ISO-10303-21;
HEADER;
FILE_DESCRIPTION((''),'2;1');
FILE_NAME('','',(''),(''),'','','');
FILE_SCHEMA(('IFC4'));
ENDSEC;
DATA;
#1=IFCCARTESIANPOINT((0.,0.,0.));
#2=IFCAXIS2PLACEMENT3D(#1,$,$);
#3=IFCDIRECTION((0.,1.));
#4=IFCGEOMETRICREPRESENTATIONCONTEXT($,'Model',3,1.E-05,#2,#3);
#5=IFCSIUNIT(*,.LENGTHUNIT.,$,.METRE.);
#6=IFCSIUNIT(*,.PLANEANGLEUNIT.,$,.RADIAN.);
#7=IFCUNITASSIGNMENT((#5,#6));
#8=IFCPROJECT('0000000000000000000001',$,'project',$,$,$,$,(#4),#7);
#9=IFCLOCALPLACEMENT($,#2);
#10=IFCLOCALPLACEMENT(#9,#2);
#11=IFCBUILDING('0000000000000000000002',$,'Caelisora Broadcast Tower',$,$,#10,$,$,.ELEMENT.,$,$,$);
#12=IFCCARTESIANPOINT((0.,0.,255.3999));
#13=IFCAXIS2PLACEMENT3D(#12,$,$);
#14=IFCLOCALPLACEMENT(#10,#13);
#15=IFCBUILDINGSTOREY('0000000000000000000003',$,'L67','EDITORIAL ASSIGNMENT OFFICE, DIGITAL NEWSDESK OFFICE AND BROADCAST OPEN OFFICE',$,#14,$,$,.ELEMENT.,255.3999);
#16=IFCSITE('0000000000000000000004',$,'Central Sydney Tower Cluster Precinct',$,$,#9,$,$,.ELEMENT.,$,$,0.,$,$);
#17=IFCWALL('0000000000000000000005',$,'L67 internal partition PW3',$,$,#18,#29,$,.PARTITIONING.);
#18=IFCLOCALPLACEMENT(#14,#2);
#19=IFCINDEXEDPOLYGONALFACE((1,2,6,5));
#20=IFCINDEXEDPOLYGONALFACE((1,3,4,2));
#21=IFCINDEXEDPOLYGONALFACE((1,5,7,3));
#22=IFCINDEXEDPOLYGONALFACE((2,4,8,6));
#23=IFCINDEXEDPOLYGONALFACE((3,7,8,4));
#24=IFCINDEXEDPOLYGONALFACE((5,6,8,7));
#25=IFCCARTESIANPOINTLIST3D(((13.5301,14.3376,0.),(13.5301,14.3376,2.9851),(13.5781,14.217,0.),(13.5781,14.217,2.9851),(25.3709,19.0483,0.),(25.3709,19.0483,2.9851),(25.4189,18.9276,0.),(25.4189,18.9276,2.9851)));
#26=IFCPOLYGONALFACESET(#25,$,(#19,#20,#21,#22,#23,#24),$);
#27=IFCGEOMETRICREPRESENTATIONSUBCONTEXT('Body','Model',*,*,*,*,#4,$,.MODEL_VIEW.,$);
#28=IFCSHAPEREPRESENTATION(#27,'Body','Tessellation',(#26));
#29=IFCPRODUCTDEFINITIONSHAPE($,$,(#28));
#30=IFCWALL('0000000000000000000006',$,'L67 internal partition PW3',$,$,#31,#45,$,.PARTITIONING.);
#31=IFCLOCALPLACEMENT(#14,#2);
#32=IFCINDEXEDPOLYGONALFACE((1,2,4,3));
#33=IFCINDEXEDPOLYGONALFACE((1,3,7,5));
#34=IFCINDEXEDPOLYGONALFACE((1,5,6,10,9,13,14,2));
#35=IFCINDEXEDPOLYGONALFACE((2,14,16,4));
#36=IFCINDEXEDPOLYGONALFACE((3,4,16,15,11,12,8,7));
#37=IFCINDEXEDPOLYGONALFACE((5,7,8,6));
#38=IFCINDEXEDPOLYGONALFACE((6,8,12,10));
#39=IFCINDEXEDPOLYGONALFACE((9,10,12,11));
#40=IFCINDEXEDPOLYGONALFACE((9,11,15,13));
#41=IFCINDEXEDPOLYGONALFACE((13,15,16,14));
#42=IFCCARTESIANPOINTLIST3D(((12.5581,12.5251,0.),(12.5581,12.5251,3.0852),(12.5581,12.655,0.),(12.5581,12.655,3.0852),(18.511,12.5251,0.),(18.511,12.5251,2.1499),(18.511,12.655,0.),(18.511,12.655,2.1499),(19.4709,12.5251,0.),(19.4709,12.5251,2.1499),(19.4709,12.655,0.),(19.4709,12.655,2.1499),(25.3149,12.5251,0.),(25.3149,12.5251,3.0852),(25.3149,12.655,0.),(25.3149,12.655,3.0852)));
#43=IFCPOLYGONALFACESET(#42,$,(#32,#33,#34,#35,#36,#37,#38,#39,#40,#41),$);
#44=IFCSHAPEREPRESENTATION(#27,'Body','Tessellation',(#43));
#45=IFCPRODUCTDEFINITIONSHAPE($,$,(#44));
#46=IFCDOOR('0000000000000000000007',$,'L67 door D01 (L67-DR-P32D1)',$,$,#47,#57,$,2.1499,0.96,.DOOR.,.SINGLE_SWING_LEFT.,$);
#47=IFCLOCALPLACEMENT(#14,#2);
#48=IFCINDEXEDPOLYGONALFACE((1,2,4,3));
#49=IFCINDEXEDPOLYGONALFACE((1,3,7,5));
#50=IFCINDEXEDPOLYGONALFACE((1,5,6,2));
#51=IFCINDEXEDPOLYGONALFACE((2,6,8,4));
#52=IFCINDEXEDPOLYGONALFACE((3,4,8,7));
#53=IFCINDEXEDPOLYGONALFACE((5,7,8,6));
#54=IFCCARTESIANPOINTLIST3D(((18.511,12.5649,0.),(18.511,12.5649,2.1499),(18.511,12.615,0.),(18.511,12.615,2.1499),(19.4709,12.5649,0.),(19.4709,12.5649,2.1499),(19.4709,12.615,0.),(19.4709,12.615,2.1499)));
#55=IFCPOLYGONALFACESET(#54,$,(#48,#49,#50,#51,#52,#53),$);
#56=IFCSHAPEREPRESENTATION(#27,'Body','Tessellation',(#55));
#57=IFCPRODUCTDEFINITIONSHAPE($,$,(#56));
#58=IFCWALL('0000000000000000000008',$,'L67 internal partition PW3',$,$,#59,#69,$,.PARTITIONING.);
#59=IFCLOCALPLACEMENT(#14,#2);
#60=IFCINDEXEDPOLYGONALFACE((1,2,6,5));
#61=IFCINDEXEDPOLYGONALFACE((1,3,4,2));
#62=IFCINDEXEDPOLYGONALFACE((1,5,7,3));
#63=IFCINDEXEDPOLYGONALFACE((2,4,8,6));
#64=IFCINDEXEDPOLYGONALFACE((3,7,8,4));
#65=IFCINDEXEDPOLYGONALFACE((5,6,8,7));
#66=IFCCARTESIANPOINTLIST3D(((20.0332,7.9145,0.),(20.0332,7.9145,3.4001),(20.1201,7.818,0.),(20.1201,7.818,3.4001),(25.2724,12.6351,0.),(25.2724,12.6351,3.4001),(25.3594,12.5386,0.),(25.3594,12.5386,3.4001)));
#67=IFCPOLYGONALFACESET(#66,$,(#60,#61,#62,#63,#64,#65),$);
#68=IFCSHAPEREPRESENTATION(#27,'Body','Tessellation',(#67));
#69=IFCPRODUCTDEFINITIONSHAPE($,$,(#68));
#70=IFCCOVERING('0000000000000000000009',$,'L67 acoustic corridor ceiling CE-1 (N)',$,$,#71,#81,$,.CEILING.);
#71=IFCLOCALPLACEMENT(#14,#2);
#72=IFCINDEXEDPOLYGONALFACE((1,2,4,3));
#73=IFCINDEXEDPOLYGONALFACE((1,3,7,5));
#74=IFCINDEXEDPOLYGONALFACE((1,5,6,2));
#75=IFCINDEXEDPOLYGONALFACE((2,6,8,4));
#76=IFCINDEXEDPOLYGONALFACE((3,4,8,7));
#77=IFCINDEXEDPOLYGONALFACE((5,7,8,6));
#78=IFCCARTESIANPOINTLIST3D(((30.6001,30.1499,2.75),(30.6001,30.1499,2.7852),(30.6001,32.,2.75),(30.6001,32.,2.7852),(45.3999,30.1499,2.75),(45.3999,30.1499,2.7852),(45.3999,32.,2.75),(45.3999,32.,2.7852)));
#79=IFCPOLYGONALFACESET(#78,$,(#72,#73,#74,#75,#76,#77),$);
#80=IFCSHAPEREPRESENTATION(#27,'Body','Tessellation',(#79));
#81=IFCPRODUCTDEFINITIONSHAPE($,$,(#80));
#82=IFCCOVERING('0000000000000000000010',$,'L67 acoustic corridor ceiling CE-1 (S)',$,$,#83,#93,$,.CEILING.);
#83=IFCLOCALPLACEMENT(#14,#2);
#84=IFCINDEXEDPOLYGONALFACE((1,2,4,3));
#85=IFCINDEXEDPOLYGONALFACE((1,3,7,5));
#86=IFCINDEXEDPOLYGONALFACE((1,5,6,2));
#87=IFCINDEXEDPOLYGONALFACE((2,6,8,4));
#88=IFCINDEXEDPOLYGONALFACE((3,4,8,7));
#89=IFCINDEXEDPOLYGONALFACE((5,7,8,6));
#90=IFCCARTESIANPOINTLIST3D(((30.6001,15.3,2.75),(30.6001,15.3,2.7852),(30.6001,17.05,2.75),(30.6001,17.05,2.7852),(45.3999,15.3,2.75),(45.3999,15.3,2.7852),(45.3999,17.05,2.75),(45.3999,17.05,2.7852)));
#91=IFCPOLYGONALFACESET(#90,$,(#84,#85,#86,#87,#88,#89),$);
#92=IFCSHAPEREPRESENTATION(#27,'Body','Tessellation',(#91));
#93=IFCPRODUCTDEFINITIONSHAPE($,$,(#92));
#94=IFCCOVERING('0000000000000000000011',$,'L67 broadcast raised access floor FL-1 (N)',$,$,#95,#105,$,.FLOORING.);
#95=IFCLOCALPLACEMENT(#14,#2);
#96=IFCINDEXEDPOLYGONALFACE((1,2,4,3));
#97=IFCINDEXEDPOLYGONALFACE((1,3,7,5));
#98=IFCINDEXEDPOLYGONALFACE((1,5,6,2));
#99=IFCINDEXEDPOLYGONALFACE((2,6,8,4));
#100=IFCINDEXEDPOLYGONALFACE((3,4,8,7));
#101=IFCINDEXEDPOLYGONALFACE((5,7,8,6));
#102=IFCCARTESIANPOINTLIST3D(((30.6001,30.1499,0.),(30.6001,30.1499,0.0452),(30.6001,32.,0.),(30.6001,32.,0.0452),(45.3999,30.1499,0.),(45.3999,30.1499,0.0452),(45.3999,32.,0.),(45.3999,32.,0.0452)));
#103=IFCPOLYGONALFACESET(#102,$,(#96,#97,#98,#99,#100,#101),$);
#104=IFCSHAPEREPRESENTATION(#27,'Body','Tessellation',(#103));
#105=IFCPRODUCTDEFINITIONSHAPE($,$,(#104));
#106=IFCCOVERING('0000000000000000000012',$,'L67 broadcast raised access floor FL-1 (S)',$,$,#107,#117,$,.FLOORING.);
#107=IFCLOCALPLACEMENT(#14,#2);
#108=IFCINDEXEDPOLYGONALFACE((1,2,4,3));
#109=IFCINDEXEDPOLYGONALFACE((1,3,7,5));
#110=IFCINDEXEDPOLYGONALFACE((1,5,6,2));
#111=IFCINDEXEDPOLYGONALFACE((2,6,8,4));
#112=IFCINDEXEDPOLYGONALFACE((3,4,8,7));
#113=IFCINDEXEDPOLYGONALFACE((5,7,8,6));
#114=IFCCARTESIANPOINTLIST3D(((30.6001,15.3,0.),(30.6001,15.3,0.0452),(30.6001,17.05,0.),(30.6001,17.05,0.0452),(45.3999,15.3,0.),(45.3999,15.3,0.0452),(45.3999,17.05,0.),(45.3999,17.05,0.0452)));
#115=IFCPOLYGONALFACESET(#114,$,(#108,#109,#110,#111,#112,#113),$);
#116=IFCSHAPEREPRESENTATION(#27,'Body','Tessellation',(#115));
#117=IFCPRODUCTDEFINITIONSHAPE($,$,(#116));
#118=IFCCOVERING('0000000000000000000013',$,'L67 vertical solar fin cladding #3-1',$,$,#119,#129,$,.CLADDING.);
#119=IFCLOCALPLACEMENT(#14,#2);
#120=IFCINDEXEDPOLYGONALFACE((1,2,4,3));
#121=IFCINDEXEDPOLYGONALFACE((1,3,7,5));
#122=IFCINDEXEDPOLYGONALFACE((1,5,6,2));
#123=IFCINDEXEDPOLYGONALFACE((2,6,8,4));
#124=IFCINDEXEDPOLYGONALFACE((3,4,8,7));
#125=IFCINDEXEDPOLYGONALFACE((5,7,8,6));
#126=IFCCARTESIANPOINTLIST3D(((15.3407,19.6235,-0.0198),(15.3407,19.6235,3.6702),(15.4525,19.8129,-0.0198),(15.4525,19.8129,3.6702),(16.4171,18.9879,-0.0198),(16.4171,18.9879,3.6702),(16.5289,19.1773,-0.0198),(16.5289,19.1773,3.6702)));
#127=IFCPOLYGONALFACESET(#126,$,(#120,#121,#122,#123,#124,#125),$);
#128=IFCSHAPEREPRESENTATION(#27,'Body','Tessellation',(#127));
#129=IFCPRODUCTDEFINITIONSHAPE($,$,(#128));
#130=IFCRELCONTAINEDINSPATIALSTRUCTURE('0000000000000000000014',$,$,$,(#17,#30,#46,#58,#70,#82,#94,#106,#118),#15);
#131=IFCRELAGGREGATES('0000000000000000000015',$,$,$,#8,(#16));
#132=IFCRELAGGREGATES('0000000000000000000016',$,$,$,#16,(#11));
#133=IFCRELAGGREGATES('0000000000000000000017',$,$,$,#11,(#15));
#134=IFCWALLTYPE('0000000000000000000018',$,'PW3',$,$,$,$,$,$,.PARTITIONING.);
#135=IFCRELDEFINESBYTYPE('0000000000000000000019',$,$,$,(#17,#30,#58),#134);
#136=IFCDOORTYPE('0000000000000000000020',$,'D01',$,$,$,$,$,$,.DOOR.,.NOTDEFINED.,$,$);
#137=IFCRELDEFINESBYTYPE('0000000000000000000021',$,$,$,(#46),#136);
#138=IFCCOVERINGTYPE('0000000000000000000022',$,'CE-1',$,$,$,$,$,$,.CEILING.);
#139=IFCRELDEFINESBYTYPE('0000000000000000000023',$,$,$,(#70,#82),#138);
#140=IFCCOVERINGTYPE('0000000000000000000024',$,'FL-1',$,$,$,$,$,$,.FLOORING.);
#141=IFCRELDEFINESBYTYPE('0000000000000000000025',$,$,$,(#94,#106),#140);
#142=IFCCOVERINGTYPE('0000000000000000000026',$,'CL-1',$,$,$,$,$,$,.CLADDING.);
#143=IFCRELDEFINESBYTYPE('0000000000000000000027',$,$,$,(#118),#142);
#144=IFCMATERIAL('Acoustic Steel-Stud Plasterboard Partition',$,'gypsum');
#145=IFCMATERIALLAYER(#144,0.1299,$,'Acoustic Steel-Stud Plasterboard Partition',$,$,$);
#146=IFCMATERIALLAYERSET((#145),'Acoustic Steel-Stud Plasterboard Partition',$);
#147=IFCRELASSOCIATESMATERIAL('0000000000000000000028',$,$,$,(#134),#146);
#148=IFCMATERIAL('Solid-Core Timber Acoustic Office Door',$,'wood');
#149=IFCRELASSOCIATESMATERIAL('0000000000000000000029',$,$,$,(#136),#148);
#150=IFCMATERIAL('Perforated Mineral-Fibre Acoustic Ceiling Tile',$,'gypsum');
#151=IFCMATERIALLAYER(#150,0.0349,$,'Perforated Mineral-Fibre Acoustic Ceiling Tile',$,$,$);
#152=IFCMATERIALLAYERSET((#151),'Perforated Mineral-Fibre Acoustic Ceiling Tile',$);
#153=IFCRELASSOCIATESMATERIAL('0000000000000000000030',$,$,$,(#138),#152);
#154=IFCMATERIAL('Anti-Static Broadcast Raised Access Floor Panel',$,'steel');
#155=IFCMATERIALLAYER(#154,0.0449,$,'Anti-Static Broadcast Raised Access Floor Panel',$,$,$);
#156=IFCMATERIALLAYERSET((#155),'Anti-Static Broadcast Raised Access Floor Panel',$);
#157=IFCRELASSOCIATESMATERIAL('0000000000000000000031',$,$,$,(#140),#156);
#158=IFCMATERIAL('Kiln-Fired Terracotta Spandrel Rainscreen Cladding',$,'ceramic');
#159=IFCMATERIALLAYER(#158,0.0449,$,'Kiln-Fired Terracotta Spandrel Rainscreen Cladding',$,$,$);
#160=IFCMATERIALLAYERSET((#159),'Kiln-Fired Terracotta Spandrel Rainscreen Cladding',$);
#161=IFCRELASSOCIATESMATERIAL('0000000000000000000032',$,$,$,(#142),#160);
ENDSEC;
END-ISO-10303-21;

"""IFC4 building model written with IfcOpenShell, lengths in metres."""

from ifc_helpers import new_model, si_unit, direction, frame, frame_2d, origin, origin_2d, place, context, subcontext, project, spatial, polyline, rectangle, outline, extrude, source, transform, mapped, material, layer, layer_set, type_object, type_shapes, element, fill, save


model = new_model("IFC4")

# Units and contexts
model_context = context("Model", 3, precision=1e-05, world=origin(), true_north=direction((0.0, 1.0)))
body_context = subcontext(model_context, "Body", "Model", "MODEL_VIEW")
ifc_project = project(units=[si_unit("LENGTHUNIT", "METRE"), si_unit("PLANEANGLEUNIT", "RADIAN")], contexts=[model_context])

# Site, building, storey
site_placement = place(None, origin())
site = spatial("IfcSite", under=ifc_project, at=site_placement, Name="Central Sydney Tower Cluster Precinct", CompositionType="ELEMENT", RefElevation=0.0)
building_placement = place(site_placement, origin())
building = spatial("IfcBuilding", under=site, at=building_placement, Name="Caelisora Broadcast Tower", CompositionType="ELEMENT")
storey_placement = place(building_placement, frame((0.0, 0.0, 255.3999)))
storey = spatial("IfcBuildingStorey", under=building, at=storey_placement, Name="L67", Description="EDITORIAL ASSIGNMENT OFFICE, DIGITAL NEWSDESK OFFICE AND BROADCAST OPEN OFFICE", CompositionType="ELEMENT", Elevation=255.3999)

# Wall
ifc_material_1 = material(Name="Acoustic Steel-Stud Plasterboard Partition", Category="gypsum")
ifc_layer_1 = layer(ifc_material_1, 0.1299, Name="Acoustic Steel-Stud Plasterboard Partition")
ifc_layer_set_1 = layer_set([ifc_layer_1], Name="Acoustic Steel-Stud Plasterboard Partition")
wall_type_1 = type_object("IfcWallType", Name="PW3", PredefinedType="PARTITIONING", material=ifc_layer_set_1)
wall_1_placement = place(storey_placement, frame((13.5542, 14.2773, 0.0), z_axis=(0.0, 0.0, 1.0), x_axis=(0.929169, 0.369656, 0.0)))
element("IfcWall", 1, at=wall_1_placement, inside=storey, type_object=wall_type_1, Name="L67 internal partition PW3", PredefinedType="PARTITIONING", context=body_context, shape_type="SweptSolid", body=[
    extrude(rectangle(XDim=12.7434, YDim=0.1299, at=frame_2d((6.3716, 0.0))), origin(), (0.0, 0.0, 1.0), 2.9851),
])

# Wall, opening, door
wall_2_placement = place(storey_placement, frame((12.5581, 12.5901, 0.0), z_axis=(0.0, 0.0, 1.0), x_axis=(1.0, 0.0, 0.0)))
wall_2 = element("IfcWall", 2, at=wall_2_placement, inside=storey, type_object=wall_type_1, Name="L67 internal partition PW3", PredefinedType="PARTITIONING", context=body_context, shape_type="SweptSolid", body=[
    extrude(rectangle(XDim=12.7568, YDim=0.1299, at=frame_2d((6.3784, 0.0))), origin(), (0.0, 0.0, 1.0), 3.0852),
])
opening_1_placement = place(wall_2_placement, frame((5.9529, 0.0, 0.0)))
opening_1 = element("IfcOpeningElement", 3, at=opening_1_placement, cuts=wall_2, PredefinedType="OPENING", context=body_context, shape_type="SweptSolid", body=[
    extrude(rectangle(XDim=0.96, YDim=2.1499, at=frame_2d((0.48, 1.075))), frame((0.0, 0.0769, 0.0), z_axis=(0.0, -1.0, 0.0), x_axis=(1.0, 0.0, 0.0)), (0.0, 0.0, 1.0), 0.1538),
])
ifc_material_2 = material(Name="Solid-Core Timber Acoustic Office Door", Category="wood")
door_type = type_object("IfcDoorType", Name="D01", OperationType="NOTDEFINED", PredefinedType="DOOR", material=ifc_material_2)
door_placement = place(opening_1_placement, origin())
door = element("IfcDoor", 4, at=door_placement, inside=storey, type_object=door_type, Name="L67 door D01 (L67-DR-P32D1)", OperationType="SINGLE_SWING_LEFT", OverallHeight=2.1499, OverallWidth=0.96, PredefinedType="DOOR", context=body_context, shape_type="SweptSolid", body=[
    extrude(rectangle(XDim=0.96, YDim=2.1499, at=frame_2d((0.48, 1.075))), frame((0.0, 0.0249, 0.0), z_axis=(0.0, -1.0, 0.0), x_axis=(1.0, 0.0, 0.0)), (0.0, 0.0, 1.0), 0.05),
])
fill(opening_1, door)

# Wall
wall_3_placement = place(storey_placement, frame((20.0767, 7.8662, 0.0), z_axis=(0.0, 0.0, 1.0), x_axis=(0.742915, 0.669385, 0.0)))
element("IfcWall", 5, at=wall_3_placement, inside=storey, type_object=wall_type_1, Name="L67 internal partition PW3", PredefinedType="PARTITIONING", context=body_context, shape_type="SweptSolid", body=[
    extrude(rectangle(XDim=7.0522, YDim=0.1299, at=frame_2d((3.5261, 0.0))), origin(), (0.0, 0.0, 1.0), 3.4001),
])

# Coverings
ifc_material_3 = material(Name="Perforated Mineral-Fibre Acoustic Ceiling Tile", Category="gypsum")
ifc_layer_2 = layer(ifc_material_3, 0.0349, Name="Perforated Mineral-Fibre Acoustic Ceiling Tile")
ifc_layer_set_2 = layer_set([ifc_layer_2], Name="Perforated Mineral-Fibre Acoustic Ceiling Tile")
covering_type_1 = type_object("IfcCoveringType", Name="CE-1", PredefinedType="CEILING", material=ifc_layer_set_2)
covering_1_placement = place(storey_placement, frame((0.0, 0.0, 2.75)))
element("IfcCovering", 6, at=covering_1_placement, inside=storey, type_object=covering_type_1, Name="L67 acoustic corridor ceiling CE-1 (N)", PredefinedType="CEILING", context=body_context, shape_type="SweptSolid", body=[
    extrude(outline(polyline([(30.6001, 30.1499), (45.3999, 30.1499), (45.3999, 32.0), (30.6001, 32.0), (30.6001, 30.1499)])), origin(), (0.0, 0.0, 1.0), 0.0352),
])
covering_2_placement = place(storey_placement, frame((0.0, 0.0, 2.75)))
element("IfcCovering", 7, at=covering_2_placement, inside=storey, type_object=covering_type_1, Name="L67 acoustic corridor ceiling CE-1 (S)", PredefinedType="CEILING", context=body_context, shape_type="SweptSolid", body=[
    extrude(outline(polyline([(30.6001, 15.3), (45.3999, 15.3), (45.3999, 17.05), (30.6001, 17.05), (30.6001, 15.3)])), origin(), (0.0, 0.0, 1.0), 0.0352),
])
ifc_material_4 = material(Name="Anti-Static Broadcast Raised Access Floor Panel", Category="steel")
ifc_layer_3 = layer(ifc_material_4, 0.0449, Name="Anti-Static Broadcast Raised Access Floor Panel")
ifc_layer_set_3 = layer_set([ifc_layer_3], Name="Anti-Static Broadcast Raised Access Floor Panel")
covering_type_2 = type_object("IfcCoveringType", Name="FL-1", PredefinedType="FLOORING", material=ifc_layer_set_3)
covering_3_placement = place(storey_placement, origin())
element("IfcCovering", 8, at=covering_3_placement, inside=storey, type_object=covering_type_2, Name="L67 broadcast raised access floor FL-1 (N)", PredefinedType="FLOORING", context=body_context, shape_type="SweptSolid", body=[
    extrude(outline(polyline([(30.6001, 30.1499), (45.3999, 30.1499), (45.3999, 32.0), (30.6001, 32.0), (30.6001, 30.1499)])), origin(), (0.0, 0.0, 1.0), 0.0452),
])
covering_4_placement = place(storey_placement, origin())
element("IfcCovering", 9, at=covering_4_placement, inside=storey, type_object=covering_type_2, Name="L67 broadcast raised access floor FL-1 (S)", PredefinedType="FLOORING", context=body_context, shape_type="SweptSolid", body=[
    extrude(outline(polyline([(30.6001, 15.3), (45.3999, 15.3), (45.3999, 17.05), (30.6001, 17.05), (30.6001, 15.3)])), origin(), (0.0, 0.0, 1.0), 0.0452),
])
ifc_material_5 = material(Name="Kiln-Fired Terracotta Spandrel Rainscreen Cladding", Category="ceramic")
ifc_layer_4 = layer(ifc_material_5, 0.0449, Name="Kiln-Fired Terracotta Spandrel Rainscreen Cladding")
ifc_layer_set_4 = layer_set([ifc_layer_4], Name="Kiln-Fired Terracotta Spandrel Rainscreen Cladding")
covering_type_3 = type_object("IfcCoveringType", Name="CL-1", PredefinedType="CLADDING", material=ifc_layer_set_4)
shared_shape_1 = source(origin(), body_context, "Body", "SweptSolid", [
    extrude(rectangle(XDim=0.22, YDim=1.25, at=origin_2d()), origin(), (0.0, 0.0, 1.0), 3.6899),
])
type_shapes(covering_type_3, [shared_shape_1])
covering_5_placement = place(storey_placement, frame((15.9348, 19.4004, -0.0198), z_axis=(0.0, 0.0, 1.0), x_axis=(0.50844, 0.861097, 0.0)))
element("IfcCovering", 10, at=covering_5_placement, inside=storey, type_object=covering_type_3, Name="L67 vertical solar fin cladding #3-1", PredefinedType="CLADDING", context=body_context, shape_type="MappedRepresentation", body=[
    mapped(shared_shape_1, transform((0.0, 0.0, 0.0), scale=1.0)),
])

save(model, "model.ifc")
